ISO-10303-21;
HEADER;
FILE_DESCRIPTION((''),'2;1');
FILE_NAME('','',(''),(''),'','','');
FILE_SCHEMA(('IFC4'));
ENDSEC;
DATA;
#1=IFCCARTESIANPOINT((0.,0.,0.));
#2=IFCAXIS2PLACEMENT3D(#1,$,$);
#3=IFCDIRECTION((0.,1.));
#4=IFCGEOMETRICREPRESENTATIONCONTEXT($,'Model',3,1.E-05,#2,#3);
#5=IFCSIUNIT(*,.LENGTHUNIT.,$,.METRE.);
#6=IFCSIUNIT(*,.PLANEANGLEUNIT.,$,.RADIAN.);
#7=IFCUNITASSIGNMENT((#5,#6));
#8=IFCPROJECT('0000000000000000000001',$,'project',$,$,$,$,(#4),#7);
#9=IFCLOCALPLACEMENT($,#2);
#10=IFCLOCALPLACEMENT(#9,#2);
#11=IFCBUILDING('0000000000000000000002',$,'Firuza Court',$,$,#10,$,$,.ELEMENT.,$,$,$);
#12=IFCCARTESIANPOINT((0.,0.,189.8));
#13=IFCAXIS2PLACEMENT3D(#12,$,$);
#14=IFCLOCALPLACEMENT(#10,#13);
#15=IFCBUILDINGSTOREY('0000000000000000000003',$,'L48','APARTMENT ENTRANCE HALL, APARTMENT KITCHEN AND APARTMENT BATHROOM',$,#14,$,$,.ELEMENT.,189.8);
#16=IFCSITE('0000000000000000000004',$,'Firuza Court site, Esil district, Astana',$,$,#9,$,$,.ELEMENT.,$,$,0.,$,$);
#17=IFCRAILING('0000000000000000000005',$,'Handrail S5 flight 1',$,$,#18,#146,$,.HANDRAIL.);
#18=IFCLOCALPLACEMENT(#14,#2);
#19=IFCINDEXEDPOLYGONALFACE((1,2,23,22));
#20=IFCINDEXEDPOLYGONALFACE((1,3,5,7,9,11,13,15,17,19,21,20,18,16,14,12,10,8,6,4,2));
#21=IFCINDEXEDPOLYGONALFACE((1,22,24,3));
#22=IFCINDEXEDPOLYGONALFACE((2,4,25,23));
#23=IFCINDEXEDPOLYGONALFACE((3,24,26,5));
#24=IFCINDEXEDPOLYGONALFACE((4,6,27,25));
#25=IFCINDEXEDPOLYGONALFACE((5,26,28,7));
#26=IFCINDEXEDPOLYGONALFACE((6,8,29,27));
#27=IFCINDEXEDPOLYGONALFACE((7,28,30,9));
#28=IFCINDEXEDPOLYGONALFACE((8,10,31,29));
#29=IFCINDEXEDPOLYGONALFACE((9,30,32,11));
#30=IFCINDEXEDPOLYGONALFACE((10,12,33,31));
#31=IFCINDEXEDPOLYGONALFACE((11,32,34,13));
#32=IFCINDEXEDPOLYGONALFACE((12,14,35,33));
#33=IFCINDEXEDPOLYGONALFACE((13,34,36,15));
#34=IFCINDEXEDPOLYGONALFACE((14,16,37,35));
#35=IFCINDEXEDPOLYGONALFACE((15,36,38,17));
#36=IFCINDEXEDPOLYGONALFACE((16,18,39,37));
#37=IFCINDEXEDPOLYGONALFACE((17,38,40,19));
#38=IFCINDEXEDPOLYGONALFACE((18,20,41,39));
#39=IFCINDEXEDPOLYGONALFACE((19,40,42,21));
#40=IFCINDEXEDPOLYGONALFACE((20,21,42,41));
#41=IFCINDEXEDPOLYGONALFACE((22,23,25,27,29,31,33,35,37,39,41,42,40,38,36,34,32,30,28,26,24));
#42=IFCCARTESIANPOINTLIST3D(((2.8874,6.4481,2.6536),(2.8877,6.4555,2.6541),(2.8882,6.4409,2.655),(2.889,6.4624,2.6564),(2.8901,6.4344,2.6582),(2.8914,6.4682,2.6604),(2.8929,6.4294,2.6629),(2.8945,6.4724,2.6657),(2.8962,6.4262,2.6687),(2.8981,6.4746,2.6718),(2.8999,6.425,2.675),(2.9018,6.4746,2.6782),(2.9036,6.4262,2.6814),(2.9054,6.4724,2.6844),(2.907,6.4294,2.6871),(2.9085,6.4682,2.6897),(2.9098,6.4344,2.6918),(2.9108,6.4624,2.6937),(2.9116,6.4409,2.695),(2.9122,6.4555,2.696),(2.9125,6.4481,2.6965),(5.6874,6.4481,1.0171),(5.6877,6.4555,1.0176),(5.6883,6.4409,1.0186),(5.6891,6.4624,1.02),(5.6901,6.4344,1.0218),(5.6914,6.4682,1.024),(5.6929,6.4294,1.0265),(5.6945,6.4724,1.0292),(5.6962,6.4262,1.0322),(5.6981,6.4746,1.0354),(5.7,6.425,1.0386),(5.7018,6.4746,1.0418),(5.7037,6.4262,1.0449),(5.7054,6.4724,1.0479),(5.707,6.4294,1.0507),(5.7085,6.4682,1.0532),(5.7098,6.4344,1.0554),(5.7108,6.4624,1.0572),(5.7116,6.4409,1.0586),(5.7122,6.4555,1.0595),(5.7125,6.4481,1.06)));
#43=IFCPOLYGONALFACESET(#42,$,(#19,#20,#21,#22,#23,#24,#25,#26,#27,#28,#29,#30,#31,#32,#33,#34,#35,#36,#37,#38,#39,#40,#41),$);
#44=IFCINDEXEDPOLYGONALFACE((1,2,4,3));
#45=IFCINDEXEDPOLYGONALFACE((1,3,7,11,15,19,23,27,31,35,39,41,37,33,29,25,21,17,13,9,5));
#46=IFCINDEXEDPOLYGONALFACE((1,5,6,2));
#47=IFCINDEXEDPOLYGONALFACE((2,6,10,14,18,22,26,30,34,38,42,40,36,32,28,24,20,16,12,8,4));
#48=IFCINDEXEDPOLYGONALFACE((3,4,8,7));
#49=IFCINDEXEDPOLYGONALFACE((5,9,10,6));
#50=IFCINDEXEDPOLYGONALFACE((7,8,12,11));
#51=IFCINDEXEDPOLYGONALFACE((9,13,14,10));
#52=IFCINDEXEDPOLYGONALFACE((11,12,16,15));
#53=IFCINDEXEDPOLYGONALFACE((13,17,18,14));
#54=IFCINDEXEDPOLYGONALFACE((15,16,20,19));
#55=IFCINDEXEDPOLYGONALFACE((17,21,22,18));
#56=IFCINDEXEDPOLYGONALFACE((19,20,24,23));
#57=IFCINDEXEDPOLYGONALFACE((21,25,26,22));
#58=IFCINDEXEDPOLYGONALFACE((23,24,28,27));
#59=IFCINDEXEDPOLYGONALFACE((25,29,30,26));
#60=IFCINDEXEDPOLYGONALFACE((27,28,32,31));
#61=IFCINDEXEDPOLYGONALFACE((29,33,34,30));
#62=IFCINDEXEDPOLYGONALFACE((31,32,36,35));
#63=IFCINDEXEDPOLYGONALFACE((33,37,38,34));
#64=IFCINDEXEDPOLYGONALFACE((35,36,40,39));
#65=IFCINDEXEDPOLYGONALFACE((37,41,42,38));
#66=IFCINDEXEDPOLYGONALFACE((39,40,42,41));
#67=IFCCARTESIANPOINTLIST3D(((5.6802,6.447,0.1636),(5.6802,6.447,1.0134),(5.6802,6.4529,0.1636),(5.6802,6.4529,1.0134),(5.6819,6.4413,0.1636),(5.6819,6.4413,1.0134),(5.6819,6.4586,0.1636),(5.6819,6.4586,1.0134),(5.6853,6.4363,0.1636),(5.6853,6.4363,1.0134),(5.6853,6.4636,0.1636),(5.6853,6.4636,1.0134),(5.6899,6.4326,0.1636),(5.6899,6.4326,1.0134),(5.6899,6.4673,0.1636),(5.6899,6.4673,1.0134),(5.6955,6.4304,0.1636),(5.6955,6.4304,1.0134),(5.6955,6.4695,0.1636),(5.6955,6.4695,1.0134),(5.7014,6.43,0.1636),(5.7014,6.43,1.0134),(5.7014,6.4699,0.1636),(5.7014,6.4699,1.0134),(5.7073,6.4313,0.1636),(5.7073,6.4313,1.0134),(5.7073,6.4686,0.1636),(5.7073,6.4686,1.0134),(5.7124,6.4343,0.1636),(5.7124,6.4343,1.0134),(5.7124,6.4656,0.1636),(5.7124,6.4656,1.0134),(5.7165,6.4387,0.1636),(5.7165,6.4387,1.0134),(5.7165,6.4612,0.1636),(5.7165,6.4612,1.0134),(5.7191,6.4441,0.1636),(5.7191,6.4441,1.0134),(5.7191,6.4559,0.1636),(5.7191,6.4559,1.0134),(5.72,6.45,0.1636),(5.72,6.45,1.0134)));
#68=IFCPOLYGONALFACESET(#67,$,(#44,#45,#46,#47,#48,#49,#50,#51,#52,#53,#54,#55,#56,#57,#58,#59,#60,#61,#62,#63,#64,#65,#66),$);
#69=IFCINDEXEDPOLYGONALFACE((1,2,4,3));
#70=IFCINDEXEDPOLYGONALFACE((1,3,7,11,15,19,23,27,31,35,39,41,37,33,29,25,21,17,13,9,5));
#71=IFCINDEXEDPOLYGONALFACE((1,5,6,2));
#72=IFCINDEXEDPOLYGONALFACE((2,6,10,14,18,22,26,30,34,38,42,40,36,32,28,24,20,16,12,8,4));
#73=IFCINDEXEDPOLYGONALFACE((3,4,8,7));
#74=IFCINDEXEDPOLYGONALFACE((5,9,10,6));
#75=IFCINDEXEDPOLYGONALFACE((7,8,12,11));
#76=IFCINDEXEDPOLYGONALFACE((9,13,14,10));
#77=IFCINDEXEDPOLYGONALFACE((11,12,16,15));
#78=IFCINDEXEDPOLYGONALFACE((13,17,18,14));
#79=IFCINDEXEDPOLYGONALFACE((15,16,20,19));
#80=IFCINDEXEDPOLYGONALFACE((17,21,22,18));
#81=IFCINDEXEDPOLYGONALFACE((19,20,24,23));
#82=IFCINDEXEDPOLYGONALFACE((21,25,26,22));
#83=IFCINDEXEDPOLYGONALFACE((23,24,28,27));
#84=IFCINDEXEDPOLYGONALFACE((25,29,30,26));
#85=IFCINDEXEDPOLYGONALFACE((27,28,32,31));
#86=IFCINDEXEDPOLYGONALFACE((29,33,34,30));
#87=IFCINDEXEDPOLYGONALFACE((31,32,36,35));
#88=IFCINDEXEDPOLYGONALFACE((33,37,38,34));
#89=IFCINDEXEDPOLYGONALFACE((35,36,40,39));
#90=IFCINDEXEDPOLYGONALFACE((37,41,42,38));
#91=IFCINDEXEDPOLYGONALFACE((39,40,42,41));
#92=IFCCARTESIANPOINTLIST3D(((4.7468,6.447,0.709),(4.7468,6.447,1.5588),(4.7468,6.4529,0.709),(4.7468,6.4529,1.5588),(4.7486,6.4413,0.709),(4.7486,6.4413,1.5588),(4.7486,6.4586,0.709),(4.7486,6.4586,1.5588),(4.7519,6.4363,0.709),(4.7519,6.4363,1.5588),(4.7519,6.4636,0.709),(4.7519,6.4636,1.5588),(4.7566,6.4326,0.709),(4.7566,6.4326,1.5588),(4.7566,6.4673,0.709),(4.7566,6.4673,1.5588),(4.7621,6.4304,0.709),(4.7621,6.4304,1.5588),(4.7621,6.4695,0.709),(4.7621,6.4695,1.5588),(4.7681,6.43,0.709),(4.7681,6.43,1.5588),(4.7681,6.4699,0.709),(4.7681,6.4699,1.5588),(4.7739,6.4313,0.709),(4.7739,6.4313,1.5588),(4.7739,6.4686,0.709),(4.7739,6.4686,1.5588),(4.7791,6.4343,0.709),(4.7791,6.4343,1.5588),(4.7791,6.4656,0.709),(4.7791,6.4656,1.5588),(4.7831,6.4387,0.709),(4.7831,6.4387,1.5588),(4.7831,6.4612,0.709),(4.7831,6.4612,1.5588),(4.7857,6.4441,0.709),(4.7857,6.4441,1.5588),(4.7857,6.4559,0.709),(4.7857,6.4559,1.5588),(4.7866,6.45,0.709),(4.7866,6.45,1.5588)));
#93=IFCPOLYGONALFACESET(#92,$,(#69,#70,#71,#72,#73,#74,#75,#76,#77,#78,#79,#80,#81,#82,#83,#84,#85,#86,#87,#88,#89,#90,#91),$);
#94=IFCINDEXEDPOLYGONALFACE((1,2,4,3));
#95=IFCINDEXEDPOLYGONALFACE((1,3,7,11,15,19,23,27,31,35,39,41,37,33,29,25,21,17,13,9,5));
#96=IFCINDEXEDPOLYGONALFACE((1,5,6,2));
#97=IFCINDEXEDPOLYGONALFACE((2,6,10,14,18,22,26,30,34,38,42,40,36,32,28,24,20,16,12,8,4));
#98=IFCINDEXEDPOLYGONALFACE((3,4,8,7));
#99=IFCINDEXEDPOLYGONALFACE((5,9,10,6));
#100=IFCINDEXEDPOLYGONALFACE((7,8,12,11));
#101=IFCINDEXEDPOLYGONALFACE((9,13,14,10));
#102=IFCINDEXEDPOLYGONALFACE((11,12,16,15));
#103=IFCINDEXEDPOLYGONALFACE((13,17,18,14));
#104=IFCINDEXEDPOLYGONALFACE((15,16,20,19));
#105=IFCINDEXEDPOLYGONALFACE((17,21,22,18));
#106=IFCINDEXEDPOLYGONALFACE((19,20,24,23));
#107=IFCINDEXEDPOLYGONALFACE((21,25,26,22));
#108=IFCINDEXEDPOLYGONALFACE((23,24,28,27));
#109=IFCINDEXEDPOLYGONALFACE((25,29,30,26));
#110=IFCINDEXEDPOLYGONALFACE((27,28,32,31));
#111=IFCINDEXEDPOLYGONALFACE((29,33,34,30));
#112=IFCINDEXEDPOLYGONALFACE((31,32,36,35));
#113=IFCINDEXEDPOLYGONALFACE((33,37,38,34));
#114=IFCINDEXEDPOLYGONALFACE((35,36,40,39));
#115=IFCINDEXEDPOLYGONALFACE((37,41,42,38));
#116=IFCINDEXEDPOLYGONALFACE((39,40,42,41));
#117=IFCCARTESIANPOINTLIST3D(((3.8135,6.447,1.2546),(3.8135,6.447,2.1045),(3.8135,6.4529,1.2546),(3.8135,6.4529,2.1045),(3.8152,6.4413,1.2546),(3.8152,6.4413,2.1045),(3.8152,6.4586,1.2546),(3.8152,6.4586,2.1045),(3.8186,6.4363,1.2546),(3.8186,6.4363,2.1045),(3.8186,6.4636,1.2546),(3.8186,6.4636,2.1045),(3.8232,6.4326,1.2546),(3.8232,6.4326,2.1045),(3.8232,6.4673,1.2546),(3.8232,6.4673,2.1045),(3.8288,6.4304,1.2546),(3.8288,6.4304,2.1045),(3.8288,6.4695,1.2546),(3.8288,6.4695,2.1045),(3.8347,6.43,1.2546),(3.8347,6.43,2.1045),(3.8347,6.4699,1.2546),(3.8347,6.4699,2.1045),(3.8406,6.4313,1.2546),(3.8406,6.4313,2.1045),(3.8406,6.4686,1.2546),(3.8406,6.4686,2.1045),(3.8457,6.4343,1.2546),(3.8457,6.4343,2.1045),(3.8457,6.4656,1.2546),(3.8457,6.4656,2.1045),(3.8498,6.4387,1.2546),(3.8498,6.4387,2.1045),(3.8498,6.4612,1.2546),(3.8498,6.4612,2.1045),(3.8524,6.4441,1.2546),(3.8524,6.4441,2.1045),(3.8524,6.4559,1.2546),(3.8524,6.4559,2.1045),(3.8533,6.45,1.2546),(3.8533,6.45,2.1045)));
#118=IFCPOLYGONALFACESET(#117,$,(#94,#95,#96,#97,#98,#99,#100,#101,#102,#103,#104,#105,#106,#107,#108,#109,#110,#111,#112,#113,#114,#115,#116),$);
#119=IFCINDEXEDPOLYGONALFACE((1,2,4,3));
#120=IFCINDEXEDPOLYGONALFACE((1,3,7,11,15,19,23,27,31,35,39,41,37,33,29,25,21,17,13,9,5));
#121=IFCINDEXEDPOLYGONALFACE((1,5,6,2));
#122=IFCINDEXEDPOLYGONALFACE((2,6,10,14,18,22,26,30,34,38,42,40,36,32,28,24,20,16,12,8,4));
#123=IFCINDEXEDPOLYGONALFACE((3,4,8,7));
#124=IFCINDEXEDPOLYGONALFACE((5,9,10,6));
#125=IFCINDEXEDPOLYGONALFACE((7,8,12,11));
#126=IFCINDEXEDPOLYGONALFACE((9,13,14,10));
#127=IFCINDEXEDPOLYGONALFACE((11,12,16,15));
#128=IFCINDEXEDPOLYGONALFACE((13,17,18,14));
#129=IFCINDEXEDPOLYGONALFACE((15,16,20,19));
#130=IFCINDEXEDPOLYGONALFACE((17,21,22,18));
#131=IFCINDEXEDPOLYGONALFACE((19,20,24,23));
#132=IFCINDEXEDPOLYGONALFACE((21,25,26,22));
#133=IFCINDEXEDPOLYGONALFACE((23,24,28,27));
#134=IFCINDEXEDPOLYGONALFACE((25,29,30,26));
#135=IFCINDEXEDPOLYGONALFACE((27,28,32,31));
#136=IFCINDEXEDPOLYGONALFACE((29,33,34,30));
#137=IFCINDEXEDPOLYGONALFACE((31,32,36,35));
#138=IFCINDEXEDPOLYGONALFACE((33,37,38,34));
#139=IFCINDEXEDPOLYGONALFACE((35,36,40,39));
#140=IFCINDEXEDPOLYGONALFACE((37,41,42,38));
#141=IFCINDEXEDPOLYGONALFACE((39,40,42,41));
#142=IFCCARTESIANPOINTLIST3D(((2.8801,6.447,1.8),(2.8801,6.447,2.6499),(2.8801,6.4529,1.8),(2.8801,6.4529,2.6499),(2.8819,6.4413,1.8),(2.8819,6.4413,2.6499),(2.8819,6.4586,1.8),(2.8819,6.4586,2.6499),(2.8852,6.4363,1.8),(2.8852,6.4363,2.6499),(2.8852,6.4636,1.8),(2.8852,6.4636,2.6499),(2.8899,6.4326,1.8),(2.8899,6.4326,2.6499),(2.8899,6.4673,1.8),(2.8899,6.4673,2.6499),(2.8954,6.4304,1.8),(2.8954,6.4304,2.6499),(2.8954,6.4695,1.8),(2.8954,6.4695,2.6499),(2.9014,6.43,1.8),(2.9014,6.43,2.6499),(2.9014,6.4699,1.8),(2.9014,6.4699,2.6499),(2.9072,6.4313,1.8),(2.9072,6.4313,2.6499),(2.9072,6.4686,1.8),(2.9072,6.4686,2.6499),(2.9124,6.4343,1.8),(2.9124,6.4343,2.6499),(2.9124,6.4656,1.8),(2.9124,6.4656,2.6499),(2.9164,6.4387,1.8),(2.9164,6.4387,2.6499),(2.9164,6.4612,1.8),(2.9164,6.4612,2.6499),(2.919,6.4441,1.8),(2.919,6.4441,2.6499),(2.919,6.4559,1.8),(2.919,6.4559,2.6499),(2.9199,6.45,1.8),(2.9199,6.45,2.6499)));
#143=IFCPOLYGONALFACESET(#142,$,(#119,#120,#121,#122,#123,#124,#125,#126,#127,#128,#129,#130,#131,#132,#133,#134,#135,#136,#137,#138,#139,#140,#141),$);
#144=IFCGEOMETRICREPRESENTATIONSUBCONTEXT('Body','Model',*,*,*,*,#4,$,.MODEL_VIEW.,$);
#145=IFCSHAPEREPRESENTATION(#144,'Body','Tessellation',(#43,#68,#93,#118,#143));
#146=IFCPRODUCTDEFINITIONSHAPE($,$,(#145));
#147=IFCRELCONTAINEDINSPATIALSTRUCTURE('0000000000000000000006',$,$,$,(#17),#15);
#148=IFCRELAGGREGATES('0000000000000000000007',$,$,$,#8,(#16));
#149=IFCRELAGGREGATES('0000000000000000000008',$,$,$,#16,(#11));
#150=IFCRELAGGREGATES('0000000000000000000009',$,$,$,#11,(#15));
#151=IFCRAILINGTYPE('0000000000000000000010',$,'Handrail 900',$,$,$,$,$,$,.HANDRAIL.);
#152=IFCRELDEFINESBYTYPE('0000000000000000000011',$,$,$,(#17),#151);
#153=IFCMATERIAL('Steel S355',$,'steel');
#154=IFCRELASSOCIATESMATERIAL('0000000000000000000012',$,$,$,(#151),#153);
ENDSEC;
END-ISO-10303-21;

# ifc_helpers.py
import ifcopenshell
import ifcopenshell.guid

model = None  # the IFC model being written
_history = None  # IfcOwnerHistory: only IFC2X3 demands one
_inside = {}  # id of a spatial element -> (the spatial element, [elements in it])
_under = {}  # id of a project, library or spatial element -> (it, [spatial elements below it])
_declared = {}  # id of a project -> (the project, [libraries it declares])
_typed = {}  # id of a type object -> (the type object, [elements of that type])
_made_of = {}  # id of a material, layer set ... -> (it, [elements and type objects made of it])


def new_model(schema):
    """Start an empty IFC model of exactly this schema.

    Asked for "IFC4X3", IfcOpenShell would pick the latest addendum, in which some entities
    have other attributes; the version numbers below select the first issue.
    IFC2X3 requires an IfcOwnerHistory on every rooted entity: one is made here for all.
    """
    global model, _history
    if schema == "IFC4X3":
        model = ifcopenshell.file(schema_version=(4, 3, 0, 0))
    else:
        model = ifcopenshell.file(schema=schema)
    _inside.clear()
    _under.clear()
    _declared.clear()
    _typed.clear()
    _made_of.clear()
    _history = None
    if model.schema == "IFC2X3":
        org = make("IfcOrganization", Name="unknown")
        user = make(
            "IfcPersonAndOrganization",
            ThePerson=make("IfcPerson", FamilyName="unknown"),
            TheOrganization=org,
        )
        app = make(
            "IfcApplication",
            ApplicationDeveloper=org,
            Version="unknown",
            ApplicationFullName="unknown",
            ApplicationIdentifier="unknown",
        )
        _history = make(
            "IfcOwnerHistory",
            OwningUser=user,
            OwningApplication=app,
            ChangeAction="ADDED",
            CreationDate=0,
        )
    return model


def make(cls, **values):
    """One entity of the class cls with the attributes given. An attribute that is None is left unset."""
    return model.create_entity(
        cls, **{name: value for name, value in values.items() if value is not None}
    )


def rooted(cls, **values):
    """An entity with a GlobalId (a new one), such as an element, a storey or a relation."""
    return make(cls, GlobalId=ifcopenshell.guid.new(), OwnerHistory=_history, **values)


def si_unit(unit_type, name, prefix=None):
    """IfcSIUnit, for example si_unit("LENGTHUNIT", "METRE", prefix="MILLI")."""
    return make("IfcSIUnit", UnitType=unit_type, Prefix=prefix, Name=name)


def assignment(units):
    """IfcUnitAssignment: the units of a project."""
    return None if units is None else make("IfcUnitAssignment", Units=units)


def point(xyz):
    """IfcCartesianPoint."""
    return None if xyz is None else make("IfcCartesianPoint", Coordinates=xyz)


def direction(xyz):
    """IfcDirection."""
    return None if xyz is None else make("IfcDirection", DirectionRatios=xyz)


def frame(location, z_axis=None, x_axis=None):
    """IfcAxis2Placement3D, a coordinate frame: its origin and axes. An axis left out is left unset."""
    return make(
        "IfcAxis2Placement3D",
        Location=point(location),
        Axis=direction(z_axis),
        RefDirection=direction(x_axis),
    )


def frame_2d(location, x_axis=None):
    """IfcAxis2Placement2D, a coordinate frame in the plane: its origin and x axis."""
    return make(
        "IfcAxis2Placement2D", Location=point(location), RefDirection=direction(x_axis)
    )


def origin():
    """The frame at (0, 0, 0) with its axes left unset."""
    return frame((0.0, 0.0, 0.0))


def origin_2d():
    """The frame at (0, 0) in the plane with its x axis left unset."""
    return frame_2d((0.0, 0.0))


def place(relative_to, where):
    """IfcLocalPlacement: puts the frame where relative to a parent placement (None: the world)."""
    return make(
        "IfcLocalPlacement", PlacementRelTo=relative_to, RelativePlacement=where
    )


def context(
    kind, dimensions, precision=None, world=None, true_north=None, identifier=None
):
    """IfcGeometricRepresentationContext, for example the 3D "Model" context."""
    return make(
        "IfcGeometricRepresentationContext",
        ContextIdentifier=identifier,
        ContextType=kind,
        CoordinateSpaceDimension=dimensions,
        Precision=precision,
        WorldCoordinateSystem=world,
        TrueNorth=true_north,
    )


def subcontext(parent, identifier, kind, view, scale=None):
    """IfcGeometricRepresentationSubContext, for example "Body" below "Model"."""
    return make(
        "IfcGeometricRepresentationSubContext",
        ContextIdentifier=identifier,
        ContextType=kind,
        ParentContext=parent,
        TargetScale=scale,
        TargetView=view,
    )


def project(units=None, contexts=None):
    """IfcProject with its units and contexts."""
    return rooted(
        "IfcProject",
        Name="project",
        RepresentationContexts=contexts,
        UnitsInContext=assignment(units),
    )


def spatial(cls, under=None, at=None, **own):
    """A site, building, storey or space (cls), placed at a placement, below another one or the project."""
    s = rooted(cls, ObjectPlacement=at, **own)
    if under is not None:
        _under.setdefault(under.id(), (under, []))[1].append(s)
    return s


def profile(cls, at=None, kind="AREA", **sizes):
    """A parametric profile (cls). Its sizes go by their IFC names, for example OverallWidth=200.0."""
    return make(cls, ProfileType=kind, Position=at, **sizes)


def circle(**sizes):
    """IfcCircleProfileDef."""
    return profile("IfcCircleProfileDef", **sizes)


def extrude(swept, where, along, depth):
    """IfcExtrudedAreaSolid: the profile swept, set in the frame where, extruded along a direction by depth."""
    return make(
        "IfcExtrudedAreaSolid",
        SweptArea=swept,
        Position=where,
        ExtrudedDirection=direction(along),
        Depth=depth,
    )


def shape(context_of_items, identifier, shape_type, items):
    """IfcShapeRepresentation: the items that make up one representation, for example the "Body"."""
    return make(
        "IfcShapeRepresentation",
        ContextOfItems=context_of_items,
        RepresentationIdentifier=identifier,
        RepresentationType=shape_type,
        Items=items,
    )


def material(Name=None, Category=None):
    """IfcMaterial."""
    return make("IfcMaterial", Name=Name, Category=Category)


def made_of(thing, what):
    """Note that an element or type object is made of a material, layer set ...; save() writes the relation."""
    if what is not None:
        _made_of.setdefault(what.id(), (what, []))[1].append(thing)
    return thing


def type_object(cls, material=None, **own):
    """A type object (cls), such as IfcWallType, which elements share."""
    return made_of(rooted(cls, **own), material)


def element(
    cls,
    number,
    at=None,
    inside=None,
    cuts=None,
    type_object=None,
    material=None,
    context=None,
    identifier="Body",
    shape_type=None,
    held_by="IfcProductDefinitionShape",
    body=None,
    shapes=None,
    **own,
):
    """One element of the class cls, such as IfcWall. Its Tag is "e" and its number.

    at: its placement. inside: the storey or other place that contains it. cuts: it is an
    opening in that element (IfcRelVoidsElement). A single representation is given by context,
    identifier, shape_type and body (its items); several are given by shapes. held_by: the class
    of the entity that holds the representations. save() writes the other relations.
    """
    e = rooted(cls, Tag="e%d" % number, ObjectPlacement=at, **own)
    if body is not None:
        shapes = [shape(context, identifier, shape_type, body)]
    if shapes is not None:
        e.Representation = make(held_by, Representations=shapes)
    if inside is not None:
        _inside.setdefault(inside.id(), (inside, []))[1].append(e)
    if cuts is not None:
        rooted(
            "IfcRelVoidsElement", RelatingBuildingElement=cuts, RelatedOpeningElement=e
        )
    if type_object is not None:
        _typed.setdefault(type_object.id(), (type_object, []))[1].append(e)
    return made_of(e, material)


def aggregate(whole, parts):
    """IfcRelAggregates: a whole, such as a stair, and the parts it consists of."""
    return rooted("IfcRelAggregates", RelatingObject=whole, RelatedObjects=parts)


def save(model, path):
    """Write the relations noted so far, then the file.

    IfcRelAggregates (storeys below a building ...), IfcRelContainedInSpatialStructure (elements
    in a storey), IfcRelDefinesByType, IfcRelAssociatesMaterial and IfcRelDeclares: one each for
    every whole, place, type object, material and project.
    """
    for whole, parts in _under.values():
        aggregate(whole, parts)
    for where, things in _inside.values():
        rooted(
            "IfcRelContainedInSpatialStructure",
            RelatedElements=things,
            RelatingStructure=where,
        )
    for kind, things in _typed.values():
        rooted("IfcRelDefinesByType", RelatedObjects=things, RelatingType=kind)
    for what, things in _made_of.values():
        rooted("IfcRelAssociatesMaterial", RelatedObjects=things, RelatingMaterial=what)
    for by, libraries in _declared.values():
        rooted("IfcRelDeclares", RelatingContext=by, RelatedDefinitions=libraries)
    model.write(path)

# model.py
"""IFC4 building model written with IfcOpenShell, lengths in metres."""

from ifc_helpers import new_model, si_unit, direction, frame, origin, origin_2d, place, context, subcontext, project, spatial, circle, extrude, material, type_object, element, save


model = new_model("IFC4")

# Units and contexts
model_context = context("Model", 3, precision=1e-05, world=origin(), true_north=direction((0.0, 1.0)))
body_context = subcontext(model_context, "Body", "Model", "MODEL_VIEW")
ifc_project = project(units=[si_unit("LENGTHUNIT", "METRE"), si_unit("PLANEANGLEUNIT", "RADIAN")], contexts=[model_context])

# Site, building, storey
site_placement = place(None, origin())
site = spatial("IfcSite", under=ifc_project, at=site_placement, Name="Firuza Court site, Esil district, Astana", CompositionType="ELEMENT", RefElevation=0.0)
building_placement = place(site_placement, origin())
building = spatial("IfcBuilding", under=site, at=building_placement, Name="Firuza Court", CompositionType="ELEMENT")
storey_placement = place(building_placement, frame((0.0, 0.0, 189.8)))
storey = spatial("IfcBuildingStorey", under=building, at=storey_placement, Name="L48", Description="APARTMENT ENTRANCE HALL, APARTMENT KITCHEN AND APARTMENT BATHROOM", CompositionType="ELEMENT", Elevation=189.8)

# Railing
ifc_material_1 = material(Name="Steel S355", Category="steel")
railing_type_1 = type_object("IfcRailingType", Name="Handrail 900", PredefinedType="HANDRAIL", material=ifc_material_1)
railing_1_placement = place(storey_placement, frame((5.7, 6.45, 0.1636)))
element("IfcRailing", 1, at=railing_1_placement, inside=storey, type_object=railing_type_1, Name="Handrail S5 flight 1", PredefinedType="HANDRAIL", context=body_context, shape_type="SweptSolid", body=[
    extrude(circle(Radius=0.0249, at=origin_2d()), frame((0.0, 0.0, 0.875), z_axis=(-0.863361, 0.0, 0.504587), x_axis=(0.0, -1.0, 0.0)), (0.0, 0.0, 1.0), 3.2432),
    extrude(circle(Radius=0.02, at=origin_2d()), origin(), (0.0, 0.0, 1.0), 0.8499),
    extrude(circle(Radius=0.02, at=origin_2d()), frame((-0.9333, 0.0, 0.5454)), (0.0, 0.0, 1.0), 0.8499),
    extrude(circle(Radius=0.02, at=origin_2d()), frame((-1.8667, 0.0, 1.0911)), (0.0, 0.0, 1.0), 0.8499),
    extrude(circle(Radius=0.02, at=origin_2d()), frame((-2.8, 0.0, 1.6365)), (0.0, 0.0, 1.0), 0.8499),
])

save(model, "model.ifc")
